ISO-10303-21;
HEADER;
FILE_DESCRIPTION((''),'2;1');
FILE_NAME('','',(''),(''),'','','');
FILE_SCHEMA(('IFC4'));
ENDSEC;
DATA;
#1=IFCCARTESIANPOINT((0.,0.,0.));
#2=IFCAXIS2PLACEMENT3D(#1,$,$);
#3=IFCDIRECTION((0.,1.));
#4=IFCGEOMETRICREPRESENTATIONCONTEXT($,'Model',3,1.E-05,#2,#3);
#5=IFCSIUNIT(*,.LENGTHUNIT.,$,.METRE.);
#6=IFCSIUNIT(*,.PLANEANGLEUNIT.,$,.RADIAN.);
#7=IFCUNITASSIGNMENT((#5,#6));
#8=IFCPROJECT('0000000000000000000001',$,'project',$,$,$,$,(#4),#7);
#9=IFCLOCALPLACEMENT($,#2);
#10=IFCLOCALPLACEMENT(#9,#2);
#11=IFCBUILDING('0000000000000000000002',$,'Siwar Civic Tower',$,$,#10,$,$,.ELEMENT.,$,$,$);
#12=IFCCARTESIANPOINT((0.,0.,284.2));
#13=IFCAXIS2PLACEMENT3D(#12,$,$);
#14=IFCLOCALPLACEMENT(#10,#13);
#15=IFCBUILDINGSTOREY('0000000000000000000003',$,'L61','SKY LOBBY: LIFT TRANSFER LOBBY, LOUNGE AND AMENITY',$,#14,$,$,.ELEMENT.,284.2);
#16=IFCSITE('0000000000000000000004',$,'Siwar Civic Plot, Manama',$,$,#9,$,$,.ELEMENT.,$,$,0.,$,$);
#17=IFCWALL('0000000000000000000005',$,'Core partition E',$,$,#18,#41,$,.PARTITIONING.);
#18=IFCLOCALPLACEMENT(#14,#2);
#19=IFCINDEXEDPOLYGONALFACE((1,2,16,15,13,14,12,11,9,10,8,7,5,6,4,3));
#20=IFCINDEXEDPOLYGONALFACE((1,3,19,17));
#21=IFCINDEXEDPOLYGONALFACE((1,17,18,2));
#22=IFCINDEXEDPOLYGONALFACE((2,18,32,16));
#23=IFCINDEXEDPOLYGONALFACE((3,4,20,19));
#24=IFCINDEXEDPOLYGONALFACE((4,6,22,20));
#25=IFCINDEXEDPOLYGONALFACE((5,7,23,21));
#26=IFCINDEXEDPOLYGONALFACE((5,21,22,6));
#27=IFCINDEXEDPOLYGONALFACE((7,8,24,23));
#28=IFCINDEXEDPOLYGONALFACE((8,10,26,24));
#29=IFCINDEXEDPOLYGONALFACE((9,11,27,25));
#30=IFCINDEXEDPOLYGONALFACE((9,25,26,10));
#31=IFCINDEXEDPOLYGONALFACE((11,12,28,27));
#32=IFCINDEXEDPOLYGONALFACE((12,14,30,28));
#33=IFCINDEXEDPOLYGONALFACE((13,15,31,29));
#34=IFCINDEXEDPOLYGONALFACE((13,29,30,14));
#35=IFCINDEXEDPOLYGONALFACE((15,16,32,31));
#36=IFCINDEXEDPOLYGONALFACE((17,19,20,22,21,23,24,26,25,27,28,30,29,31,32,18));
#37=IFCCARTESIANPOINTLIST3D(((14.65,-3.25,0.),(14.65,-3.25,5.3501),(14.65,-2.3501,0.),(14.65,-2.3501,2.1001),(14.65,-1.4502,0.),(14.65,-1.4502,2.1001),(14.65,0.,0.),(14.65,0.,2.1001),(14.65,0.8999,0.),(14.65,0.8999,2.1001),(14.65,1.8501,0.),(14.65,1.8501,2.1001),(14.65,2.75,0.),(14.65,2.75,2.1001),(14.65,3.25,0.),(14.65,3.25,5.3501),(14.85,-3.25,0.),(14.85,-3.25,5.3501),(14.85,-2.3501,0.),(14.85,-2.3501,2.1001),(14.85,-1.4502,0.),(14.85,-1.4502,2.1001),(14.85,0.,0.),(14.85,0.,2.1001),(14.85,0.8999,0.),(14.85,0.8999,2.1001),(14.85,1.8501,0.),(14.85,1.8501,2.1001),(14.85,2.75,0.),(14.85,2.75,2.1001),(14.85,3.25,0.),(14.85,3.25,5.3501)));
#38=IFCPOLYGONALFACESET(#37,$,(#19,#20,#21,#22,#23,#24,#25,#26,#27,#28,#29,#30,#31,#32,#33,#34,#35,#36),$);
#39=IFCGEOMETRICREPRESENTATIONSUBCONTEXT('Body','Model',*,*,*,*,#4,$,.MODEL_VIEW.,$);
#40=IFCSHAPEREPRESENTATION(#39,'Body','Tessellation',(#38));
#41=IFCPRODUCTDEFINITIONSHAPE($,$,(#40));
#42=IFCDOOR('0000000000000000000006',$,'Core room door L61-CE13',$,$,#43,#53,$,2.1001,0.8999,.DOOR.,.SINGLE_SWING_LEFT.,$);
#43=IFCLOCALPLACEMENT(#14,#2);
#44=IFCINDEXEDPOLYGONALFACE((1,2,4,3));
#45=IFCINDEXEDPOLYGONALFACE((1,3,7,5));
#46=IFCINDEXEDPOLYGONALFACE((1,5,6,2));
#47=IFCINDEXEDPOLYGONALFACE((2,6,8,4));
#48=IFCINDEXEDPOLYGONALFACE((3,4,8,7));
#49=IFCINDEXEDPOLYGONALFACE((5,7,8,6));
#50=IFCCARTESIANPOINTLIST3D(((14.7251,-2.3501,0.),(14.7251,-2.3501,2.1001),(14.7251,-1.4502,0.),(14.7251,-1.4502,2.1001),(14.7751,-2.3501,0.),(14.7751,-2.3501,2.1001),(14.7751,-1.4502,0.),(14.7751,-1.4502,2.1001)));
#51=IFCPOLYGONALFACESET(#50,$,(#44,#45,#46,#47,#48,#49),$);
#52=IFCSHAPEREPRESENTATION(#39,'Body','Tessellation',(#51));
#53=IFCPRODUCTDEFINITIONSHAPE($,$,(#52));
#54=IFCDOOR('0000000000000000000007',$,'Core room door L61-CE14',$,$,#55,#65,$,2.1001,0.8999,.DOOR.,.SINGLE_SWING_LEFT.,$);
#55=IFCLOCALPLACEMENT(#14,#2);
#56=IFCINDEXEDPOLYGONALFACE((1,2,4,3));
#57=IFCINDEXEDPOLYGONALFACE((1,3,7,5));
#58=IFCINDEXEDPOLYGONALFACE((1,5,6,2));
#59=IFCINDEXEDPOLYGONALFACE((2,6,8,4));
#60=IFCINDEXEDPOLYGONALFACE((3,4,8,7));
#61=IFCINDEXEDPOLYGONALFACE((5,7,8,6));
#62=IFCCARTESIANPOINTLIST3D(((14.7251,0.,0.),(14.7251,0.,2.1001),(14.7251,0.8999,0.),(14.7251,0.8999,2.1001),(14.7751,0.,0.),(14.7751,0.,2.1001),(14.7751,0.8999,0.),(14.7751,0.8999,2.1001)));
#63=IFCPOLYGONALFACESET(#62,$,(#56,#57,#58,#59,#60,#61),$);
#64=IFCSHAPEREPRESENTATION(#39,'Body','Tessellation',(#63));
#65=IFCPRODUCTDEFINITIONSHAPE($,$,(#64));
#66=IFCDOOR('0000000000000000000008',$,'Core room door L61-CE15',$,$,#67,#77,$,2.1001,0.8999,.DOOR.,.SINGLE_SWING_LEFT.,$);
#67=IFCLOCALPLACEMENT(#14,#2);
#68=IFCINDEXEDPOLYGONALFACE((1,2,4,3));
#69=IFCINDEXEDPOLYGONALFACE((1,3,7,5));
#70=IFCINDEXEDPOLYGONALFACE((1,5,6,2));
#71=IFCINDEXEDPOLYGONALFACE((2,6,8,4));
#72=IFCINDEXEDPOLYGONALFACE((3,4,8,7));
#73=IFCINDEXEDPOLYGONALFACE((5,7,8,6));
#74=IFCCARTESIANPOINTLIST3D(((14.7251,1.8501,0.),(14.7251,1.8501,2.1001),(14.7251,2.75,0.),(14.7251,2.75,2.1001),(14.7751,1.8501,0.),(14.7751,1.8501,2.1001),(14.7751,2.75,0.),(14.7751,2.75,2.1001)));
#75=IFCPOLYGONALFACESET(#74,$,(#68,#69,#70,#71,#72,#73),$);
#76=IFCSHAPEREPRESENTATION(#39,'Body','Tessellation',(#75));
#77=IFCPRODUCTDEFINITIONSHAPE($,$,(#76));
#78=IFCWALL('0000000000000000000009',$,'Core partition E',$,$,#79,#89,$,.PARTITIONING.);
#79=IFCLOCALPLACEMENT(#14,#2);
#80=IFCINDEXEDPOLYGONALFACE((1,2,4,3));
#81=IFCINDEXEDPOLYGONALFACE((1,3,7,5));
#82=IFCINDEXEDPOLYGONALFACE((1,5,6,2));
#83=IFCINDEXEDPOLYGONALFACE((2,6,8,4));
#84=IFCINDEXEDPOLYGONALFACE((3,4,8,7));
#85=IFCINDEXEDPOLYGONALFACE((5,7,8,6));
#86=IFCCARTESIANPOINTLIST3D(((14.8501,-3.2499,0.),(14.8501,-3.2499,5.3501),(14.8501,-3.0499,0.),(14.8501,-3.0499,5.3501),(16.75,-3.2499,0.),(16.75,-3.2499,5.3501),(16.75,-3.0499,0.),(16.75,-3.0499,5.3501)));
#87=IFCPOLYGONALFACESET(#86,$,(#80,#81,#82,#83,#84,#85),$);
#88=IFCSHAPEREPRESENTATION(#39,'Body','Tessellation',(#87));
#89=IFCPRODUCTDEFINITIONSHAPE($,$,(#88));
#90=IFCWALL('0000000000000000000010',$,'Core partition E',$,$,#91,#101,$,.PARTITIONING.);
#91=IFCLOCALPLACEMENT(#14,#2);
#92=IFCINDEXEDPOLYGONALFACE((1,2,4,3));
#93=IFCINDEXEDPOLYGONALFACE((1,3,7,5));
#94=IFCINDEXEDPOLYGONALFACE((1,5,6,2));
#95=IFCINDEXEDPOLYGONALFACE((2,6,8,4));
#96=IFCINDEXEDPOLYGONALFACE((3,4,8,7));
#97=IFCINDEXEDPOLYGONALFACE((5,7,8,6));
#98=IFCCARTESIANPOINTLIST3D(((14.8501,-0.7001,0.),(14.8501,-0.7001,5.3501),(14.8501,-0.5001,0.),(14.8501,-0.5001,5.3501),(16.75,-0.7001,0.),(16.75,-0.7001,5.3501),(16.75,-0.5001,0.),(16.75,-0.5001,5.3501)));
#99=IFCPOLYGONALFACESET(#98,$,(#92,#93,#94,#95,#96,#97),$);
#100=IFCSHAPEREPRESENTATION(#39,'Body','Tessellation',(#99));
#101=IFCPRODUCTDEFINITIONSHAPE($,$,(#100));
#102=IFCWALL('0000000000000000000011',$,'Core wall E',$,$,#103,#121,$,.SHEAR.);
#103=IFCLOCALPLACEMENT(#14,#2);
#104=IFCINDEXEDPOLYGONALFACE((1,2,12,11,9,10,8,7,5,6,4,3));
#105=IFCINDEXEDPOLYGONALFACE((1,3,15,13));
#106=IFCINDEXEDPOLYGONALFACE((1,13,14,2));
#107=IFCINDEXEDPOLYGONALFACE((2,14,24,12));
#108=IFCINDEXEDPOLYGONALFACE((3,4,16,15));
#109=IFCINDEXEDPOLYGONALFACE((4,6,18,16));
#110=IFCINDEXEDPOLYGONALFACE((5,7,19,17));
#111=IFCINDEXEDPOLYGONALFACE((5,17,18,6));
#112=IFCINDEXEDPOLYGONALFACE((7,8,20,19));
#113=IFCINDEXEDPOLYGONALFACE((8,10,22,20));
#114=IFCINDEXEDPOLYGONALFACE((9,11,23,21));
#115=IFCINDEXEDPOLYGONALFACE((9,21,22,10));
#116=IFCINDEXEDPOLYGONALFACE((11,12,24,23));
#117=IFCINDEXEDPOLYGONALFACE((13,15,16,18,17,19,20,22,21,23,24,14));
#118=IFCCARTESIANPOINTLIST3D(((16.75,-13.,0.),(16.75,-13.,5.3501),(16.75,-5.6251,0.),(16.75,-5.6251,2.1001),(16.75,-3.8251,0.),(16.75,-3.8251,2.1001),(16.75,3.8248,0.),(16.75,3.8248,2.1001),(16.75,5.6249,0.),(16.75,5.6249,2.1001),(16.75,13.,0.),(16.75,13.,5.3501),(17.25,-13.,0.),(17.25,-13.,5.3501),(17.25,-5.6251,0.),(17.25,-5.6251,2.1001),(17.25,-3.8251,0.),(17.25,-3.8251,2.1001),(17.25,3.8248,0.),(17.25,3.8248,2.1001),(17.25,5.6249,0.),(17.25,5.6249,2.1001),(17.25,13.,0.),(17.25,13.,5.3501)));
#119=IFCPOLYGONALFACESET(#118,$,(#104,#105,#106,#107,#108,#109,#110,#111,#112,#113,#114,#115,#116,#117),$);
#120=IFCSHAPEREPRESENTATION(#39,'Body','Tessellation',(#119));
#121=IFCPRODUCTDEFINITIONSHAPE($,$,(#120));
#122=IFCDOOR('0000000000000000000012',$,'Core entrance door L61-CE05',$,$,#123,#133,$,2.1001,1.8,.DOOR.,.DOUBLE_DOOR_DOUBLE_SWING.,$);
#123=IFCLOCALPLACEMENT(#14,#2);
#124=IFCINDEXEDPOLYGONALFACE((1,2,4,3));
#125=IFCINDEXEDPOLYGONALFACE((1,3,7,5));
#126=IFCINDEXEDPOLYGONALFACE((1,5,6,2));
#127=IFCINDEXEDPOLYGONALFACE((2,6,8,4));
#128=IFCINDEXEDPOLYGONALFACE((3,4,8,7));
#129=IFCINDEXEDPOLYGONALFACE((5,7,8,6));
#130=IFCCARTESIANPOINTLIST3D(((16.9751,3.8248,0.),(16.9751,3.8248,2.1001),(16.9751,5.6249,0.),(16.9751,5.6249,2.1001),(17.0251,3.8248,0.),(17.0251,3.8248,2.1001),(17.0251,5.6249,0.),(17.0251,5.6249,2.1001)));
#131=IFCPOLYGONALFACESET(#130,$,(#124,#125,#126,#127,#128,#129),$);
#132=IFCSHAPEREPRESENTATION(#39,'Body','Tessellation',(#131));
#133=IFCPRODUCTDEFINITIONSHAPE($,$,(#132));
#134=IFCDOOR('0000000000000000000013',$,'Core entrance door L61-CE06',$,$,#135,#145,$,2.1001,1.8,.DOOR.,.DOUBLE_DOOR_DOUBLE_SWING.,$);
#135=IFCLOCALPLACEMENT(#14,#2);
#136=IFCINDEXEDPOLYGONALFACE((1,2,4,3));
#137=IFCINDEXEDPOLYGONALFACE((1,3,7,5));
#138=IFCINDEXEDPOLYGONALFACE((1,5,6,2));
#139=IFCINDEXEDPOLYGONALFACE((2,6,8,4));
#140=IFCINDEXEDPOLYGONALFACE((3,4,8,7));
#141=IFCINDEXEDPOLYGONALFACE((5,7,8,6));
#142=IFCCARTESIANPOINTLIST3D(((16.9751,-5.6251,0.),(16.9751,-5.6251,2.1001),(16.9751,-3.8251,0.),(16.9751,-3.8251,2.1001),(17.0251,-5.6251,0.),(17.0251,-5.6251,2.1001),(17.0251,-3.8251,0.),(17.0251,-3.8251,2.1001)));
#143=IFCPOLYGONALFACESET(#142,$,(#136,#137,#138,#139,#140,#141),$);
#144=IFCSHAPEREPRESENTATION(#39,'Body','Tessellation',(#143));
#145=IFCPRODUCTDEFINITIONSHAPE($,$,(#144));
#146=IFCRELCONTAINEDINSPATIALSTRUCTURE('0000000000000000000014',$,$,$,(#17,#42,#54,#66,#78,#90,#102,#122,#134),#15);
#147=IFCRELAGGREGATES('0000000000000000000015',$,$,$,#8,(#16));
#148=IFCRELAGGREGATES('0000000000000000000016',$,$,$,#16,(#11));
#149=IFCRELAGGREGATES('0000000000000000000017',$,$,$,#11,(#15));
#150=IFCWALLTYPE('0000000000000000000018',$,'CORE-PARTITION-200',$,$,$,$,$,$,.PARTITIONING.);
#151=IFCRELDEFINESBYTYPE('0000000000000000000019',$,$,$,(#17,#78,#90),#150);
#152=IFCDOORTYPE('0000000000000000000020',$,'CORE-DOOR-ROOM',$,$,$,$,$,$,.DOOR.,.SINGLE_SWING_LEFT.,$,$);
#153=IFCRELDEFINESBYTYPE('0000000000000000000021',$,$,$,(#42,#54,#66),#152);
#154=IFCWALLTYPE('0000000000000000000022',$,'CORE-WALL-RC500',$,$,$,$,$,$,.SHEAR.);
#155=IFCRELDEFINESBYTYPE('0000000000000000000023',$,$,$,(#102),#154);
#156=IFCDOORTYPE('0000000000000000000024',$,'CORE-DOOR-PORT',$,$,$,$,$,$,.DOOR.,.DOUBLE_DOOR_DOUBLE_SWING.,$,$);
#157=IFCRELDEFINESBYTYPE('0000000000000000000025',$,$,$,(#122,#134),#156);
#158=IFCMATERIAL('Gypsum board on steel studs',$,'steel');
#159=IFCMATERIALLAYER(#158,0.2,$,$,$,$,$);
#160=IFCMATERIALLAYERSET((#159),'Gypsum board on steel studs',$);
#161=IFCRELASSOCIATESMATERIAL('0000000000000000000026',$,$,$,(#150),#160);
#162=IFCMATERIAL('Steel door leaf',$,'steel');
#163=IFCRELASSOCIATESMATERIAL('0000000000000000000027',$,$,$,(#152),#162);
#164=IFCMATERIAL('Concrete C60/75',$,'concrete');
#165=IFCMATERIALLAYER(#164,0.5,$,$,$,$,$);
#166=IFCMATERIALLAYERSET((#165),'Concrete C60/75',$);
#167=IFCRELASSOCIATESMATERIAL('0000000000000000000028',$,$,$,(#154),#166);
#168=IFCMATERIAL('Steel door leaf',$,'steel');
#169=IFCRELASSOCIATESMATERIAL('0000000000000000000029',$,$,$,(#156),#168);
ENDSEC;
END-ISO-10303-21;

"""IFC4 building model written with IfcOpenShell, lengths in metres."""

from ifc_helpers import new_model, si_unit, direction, frame, frame_2d, origin, place, context, subcontext, project, spatial, rectangle, extrude, material, layer, layer_set, type_object, element, fill, save


model = new_model("IFC4")

# Units and contexts
model_context = context("Model", 3, precision=1e-05, world=origin(), true_north=direction((0.0, 1.0)))
body_context = subcontext(model_context, "Body", "Model", "MODEL_VIEW")
ifc_project = project(units=[si_unit("LENGTHUNIT", "METRE"), si_unit("PLANEANGLEUNIT", "RADIAN")], contexts=[model_context])

# Site, building, storey
site_placement = place(None, origin())
site = spatial("IfcSite", under=ifc_project, at=site_placement, Name="Siwar Civic Plot, Manama", CompositionType="ELEMENT", RefElevation=0.0)
building_placement = place(site_placement, origin())
building = spatial("IfcBuilding", under=site, at=building_placement, Name="Siwar Civic Tower", CompositionType="ELEMENT")
storey_placement = place(building_placement, frame((0.0, 0.0, 284.2)))
storey = spatial("IfcBuildingStorey", under=building, at=storey_placement, Name="L61", Description="SKY LOBBY: LIFT TRANSFER LOBBY, LOUNGE AND AMENITY", CompositionType="ELEMENT", Elevation=284.2)

# Wall, openings, doors
ifc_material_1 = material(Name="Gypsum board on steel studs", Category="steel")
ifc_layer_1 = layer(ifc_material_1, 0.2)
ifc_layer_set_1 = layer_set([ifc_layer_1], Name="Gypsum board on steel studs")
wall_type_1 = type_object("IfcWallType", Name="CORE-PARTITION-200", PredefinedType="PARTITIONING", material=ifc_layer_set_1)
wall_1_placement = place(storey_placement, frame((14.75, -3.25, 0.0), z_axis=(0.0, 0.0, 1.0), x_axis=(0.0, 1.0, 0.0)))
wall_1 = element("IfcWall", 1, at=wall_1_placement, inside=storey, type_object=wall_type_1, Name="Core partition E", PredefinedType="PARTITIONING", context=body_context, shape_type="SweptSolid", body=[
    extrude(rectangle(XDim=6.5, YDim=0.2, at=frame_2d((3.25, 0.0))), origin(), (0.0, 0.0, 1.0), 5.3501),
])
opening_1_placement = place(wall_1_placement, frame((0.8999, 0.0, 0.0)))
opening_1 = element("IfcOpeningElement", 2, at=opening_1_placement, cuts=wall_1, PredefinedType="OPENING", context=body_context, shape_type="SweptSolid", body=[
    extrude(rectangle(XDim=0.8999, YDim=2.1001, at=frame_2d((0.45, 1.05))), frame((0.0, 0.1099, 0.0), z_axis=(0.0, -1.0, 0.0), x_axis=(1.0, 0.0, 0.0)), (0.0, 0.0, 1.0), 0.22),
])
opening_2_placement = place(wall_1_placement, frame((3.25, 0.0, 0.0)))
opening_2 = element("IfcOpeningElement", 3, at=opening_2_placement, cuts=wall_1, PredefinedType="OPENING", context=body_context, shape_type="SweptSolid", body=[
    extrude(rectangle(XDim=0.8999, YDim=2.1001, at=frame_2d((0.45, 1.05))), frame((0.0, 0.1099, 0.0), z_axis=(0.0, -1.0, 0.0), x_axis=(1.0, 0.0, 0.0)), (0.0, 0.0, 1.0), 0.22),
])
opening_3_placement = place(wall_1_placement, frame((5.1001, 0.0, 0.0)))
opening_3 = element("IfcOpeningElement", 4, at=opening_3_placement, cuts=wall_1, PredefinedType="OPENING", context=body_context, shape_type="SweptSolid", body=[
    extrude(rectangle(XDim=0.8999, YDim=2.1001, at=frame_2d((0.45, 1.05))), frame((0.0, 0.1099, 0.0), z_axis=(0.0, -1.0, 0.0), x_axis=(1.0, 0.0, 0.0)), (0.0, 0.0, 1.0), 0.22),
])
ifc_material_2 = material(Name="Steel door leaf", Category="steel")
door_type_1 = type_object("IfcDoorType", Name="CORE-DOOR-ROOM", OperationType="SINGLE_SWING_LEFT", PredefinedType="DOOR", material=ifc_material_2)
door_1_placement = place(opening_1_placement, origin())
door_1 = element("IfcDoor", 5, at=door_1_placement, inside=storey, type_object=door_type_1, Name="Core room door L61-CE13", OperationType="SINGLE_SWING_LEFT", OverallHeight=2.1001, OverallWidth=0.8999, PredefinedType="DOOR", context=body_context, shape_type="SweptSolid", body=[
    extrude(rectangle(XDim=0.8999, YDim=2.1001, at=frame_2d((0.45, 1.05))), frame((0.0, 0.0249, 0.0), z_axis=(0.0, -1.0, 0.0), x_axis=(1.0, 0.0, 0.0)), (0.0, 0.0, 1.0), 0.05),
])
fill(opening_1, door_1)
door_2_placement = place(opening_2_placement, origin())
door_2 = element("IfcDoor", 6, at=door_2_placement, inside=storey, type_object=door_type_1, Name="Core room door L61-CE14", OperationType="SINGLE_SWING_LEFT", OverallHeight=2.1001, OverallWidth=0.8999, PredefinedType="DOOR", context=body_context, shape_type="SweptSolid", body=[
    extrude(rectangle(XDim=0.8999, YDim=2.1001, at=frame_2d((0.45, 1.05))), frame((0.0, 0.0249, 0.0), z_axis=(0.0, -1.0, 0.0), x_axis=(1.0, 0.0, 0.0)), (0.0, 0.0, 1.0), 0.05),
])
fill(opening_2, door_2)
door_3_placement = place(opening_3_placement, origin())
door_3 = element("IfcDoor", 7, at=door_3_placement, inside=storey, type_object=door_type_1, Name="Core room door L61-CE15", OperationType="SINGLE_SWING_LEFT", OverallHeight=2.1001, OverallWidth=0.8999, PredefinedType="DOOR", context=body_context, shape_type="SweptSolid", body=[
    extrude(rectangle(XDim=0.8999, YDim=2.1001, at=frame_2d((0.45, 1.05))), frame((0.0, 0.0249, 0.0), z_axis=(0.0, -1.0, 0.0), x_axis=(1.0, 0.0, 0.0)), (0.0, 0.0, 1.0), 0.05),
])
fill(opening_3, door_3)

# Walls
for number, where, z_axis, x_axis, name in (
    (8, (14.8501, -3.1499, 0.0), (0.0, 0.0, 1.0), (1.0, 0.0, 0.0), "Core partition E"),
    (9, (14.8501, -0.6001, 0.0), (0.0, 0.0, 1.0), (1.0, 0.0, 0.0), "Core partition E"),
):
    element("IfcWall", number, at=place(storey_placement, frame(where, z_axis=z_axis, x_axis=x_axis)), inside=storey, type_object=wall_type_1, Name=name, PredefinedType="PARTITIONING", context=body_context, shape_type="SweptSolid", body=[
        extrude(rectangle(XDim=1.8999, YDim=0.2, at=frame_2d((0.95, 0.0))), origin(), (0.0, 0.0, 1.0), 5.3501),
    ])

# Wall, openings, doors
ifc_material_3 = material(Name="Concrete C60/75", Category="concrete")
ifc_layer_2 = layer(ifc_material_3, 0.5)
ifc_layer_set_2 = layer_set([ifc_layer_2], Name="Concrete C60/75")
wall_type_2 = type_object("IfcWallType", Name="CORE-WALL-RC500", PredefinedType="SHEAR", material=ifc_layer_set_2)
wall_2_placement = place(storey_placement, frame((17.0, -13.0, 0.0), z_axis=(0.0, 0.0, 1.0), x_axis=(0.0, 1.0, 0.0)))
wall_2 = element("IfcWall", 10, at=wall_2_placement, inside=storey, type_object=wall_type_2, Name="Core wall E", PredefinedType="SHEAR", context=body_context, shape_type="SweptSolid", body=[
    extrude(rectangle(XDim=26.0, YDim=0.5, at=frame_2d((13.0, 0.0))), origin(), (0.0, 0.0, 1.0), 5.3501),
])
opening_4_placement = place(wall_2_placement, frame((16.825, 0.0, 0.0)))
opening_4 = element("IfcOpeningElement", 11, at=opening_4_placement, cuts=wall_2, PredefinedType="OPENING", context=body_context, shape_type="SweptSolid", body=[
    extrude(rectangle(XDim=1.8, YDim=2.1001, at=frame_2d((0.8999, 1.05))), frame((0.0, 0.26, 0.0), z_axis=(0.0, -1.0, 0.0), x_axis=(1.0, 0.0, 0.0)), (0.0, 0.0, 1.0), 0.52),
])
opening_5_placement = place(wall_2_placement, frame((7.375, 0.0, 0.0)))
opening_5 = element("IfcOpeningElement", 12, at=opening_5_placement, cuts=wall_2, PredefinedType="OPENING", context=body_context, shape_type="SweptSolid", body=[
    extrude(rectangle(XDim=1.8, YDim=2.1001, at=frame_2d((0.8999, 1.05))), frame((0.0, 0.26, 0.0), z_axis=(0.0, -1.0, 0.0), x_axis=(1.0, 0.0, 0.0)), (0.0, 0.0, 1.0), 0.52),
])
ifc_material_4 = material(Name="Steel door leaf", Category="steel")
door_type_2 = type_object("IfcDoorType", Name="CORE-DOOR-PORT", OperationType="DOUBLE_DOOR_DOUBLE_SWING", PredefinedType="DOOR", material=ifc_material_4)
door_4_placement = place(opening_4_placement, origin())
door_4 = element("IfcDoor", 13, at=door_4_placement, inside=storey, type_object=door_type_2, Name="Core entrance door L61-CE05", OperationType="DOUBLE_DOOR_DOUBLE_SWING", OverallHeight=2.1001, OverallWidth=1.8, PredefinedType="DOOR", context=body_context, shape_type="SweptSolid", body=[
    extrude(rectangle(XDim=1.8, YDim=2.1001, at=frame_2d((0.8999, 1.05))), frame((0.0, 0.0249, 0.0), z_axis=(0.0, -1.0, 0.0), x_axis=(1.0, 0.0, 0.0)), (0.0, 0.0, 1.0), 0.05),
])
fill(opening_4, door_4)
door_5_placement = place(opening_5_placement, origin())
door_5 = element("IfcDoor", 14, at=door_5_placement, inside=storey, type_object=door_type_2, Name="Core entrance door L61-CE06", OperationType="DOUBLE_DOOR_DOUBLE_SWING", OverallHeight=2.1001, OverallWidth=1.8, PredefinedType="DOOR", context=body_context, shape_type="SweptSolid", body=[
    extrude(rectangle(XDim=1.8, YDim=2.1001, at=frame_2d((0.8999, 1.05))), frame((0.0, 0.0249, 0.0), z_axis=(0.0, -1.0, 0.0), x_axis=(1.0, 0.0, 0.0)), (0.0, 0.0, 1.0), 0.05),
])
fill(opening_5, door_5)

save(model, "model.ifc")
